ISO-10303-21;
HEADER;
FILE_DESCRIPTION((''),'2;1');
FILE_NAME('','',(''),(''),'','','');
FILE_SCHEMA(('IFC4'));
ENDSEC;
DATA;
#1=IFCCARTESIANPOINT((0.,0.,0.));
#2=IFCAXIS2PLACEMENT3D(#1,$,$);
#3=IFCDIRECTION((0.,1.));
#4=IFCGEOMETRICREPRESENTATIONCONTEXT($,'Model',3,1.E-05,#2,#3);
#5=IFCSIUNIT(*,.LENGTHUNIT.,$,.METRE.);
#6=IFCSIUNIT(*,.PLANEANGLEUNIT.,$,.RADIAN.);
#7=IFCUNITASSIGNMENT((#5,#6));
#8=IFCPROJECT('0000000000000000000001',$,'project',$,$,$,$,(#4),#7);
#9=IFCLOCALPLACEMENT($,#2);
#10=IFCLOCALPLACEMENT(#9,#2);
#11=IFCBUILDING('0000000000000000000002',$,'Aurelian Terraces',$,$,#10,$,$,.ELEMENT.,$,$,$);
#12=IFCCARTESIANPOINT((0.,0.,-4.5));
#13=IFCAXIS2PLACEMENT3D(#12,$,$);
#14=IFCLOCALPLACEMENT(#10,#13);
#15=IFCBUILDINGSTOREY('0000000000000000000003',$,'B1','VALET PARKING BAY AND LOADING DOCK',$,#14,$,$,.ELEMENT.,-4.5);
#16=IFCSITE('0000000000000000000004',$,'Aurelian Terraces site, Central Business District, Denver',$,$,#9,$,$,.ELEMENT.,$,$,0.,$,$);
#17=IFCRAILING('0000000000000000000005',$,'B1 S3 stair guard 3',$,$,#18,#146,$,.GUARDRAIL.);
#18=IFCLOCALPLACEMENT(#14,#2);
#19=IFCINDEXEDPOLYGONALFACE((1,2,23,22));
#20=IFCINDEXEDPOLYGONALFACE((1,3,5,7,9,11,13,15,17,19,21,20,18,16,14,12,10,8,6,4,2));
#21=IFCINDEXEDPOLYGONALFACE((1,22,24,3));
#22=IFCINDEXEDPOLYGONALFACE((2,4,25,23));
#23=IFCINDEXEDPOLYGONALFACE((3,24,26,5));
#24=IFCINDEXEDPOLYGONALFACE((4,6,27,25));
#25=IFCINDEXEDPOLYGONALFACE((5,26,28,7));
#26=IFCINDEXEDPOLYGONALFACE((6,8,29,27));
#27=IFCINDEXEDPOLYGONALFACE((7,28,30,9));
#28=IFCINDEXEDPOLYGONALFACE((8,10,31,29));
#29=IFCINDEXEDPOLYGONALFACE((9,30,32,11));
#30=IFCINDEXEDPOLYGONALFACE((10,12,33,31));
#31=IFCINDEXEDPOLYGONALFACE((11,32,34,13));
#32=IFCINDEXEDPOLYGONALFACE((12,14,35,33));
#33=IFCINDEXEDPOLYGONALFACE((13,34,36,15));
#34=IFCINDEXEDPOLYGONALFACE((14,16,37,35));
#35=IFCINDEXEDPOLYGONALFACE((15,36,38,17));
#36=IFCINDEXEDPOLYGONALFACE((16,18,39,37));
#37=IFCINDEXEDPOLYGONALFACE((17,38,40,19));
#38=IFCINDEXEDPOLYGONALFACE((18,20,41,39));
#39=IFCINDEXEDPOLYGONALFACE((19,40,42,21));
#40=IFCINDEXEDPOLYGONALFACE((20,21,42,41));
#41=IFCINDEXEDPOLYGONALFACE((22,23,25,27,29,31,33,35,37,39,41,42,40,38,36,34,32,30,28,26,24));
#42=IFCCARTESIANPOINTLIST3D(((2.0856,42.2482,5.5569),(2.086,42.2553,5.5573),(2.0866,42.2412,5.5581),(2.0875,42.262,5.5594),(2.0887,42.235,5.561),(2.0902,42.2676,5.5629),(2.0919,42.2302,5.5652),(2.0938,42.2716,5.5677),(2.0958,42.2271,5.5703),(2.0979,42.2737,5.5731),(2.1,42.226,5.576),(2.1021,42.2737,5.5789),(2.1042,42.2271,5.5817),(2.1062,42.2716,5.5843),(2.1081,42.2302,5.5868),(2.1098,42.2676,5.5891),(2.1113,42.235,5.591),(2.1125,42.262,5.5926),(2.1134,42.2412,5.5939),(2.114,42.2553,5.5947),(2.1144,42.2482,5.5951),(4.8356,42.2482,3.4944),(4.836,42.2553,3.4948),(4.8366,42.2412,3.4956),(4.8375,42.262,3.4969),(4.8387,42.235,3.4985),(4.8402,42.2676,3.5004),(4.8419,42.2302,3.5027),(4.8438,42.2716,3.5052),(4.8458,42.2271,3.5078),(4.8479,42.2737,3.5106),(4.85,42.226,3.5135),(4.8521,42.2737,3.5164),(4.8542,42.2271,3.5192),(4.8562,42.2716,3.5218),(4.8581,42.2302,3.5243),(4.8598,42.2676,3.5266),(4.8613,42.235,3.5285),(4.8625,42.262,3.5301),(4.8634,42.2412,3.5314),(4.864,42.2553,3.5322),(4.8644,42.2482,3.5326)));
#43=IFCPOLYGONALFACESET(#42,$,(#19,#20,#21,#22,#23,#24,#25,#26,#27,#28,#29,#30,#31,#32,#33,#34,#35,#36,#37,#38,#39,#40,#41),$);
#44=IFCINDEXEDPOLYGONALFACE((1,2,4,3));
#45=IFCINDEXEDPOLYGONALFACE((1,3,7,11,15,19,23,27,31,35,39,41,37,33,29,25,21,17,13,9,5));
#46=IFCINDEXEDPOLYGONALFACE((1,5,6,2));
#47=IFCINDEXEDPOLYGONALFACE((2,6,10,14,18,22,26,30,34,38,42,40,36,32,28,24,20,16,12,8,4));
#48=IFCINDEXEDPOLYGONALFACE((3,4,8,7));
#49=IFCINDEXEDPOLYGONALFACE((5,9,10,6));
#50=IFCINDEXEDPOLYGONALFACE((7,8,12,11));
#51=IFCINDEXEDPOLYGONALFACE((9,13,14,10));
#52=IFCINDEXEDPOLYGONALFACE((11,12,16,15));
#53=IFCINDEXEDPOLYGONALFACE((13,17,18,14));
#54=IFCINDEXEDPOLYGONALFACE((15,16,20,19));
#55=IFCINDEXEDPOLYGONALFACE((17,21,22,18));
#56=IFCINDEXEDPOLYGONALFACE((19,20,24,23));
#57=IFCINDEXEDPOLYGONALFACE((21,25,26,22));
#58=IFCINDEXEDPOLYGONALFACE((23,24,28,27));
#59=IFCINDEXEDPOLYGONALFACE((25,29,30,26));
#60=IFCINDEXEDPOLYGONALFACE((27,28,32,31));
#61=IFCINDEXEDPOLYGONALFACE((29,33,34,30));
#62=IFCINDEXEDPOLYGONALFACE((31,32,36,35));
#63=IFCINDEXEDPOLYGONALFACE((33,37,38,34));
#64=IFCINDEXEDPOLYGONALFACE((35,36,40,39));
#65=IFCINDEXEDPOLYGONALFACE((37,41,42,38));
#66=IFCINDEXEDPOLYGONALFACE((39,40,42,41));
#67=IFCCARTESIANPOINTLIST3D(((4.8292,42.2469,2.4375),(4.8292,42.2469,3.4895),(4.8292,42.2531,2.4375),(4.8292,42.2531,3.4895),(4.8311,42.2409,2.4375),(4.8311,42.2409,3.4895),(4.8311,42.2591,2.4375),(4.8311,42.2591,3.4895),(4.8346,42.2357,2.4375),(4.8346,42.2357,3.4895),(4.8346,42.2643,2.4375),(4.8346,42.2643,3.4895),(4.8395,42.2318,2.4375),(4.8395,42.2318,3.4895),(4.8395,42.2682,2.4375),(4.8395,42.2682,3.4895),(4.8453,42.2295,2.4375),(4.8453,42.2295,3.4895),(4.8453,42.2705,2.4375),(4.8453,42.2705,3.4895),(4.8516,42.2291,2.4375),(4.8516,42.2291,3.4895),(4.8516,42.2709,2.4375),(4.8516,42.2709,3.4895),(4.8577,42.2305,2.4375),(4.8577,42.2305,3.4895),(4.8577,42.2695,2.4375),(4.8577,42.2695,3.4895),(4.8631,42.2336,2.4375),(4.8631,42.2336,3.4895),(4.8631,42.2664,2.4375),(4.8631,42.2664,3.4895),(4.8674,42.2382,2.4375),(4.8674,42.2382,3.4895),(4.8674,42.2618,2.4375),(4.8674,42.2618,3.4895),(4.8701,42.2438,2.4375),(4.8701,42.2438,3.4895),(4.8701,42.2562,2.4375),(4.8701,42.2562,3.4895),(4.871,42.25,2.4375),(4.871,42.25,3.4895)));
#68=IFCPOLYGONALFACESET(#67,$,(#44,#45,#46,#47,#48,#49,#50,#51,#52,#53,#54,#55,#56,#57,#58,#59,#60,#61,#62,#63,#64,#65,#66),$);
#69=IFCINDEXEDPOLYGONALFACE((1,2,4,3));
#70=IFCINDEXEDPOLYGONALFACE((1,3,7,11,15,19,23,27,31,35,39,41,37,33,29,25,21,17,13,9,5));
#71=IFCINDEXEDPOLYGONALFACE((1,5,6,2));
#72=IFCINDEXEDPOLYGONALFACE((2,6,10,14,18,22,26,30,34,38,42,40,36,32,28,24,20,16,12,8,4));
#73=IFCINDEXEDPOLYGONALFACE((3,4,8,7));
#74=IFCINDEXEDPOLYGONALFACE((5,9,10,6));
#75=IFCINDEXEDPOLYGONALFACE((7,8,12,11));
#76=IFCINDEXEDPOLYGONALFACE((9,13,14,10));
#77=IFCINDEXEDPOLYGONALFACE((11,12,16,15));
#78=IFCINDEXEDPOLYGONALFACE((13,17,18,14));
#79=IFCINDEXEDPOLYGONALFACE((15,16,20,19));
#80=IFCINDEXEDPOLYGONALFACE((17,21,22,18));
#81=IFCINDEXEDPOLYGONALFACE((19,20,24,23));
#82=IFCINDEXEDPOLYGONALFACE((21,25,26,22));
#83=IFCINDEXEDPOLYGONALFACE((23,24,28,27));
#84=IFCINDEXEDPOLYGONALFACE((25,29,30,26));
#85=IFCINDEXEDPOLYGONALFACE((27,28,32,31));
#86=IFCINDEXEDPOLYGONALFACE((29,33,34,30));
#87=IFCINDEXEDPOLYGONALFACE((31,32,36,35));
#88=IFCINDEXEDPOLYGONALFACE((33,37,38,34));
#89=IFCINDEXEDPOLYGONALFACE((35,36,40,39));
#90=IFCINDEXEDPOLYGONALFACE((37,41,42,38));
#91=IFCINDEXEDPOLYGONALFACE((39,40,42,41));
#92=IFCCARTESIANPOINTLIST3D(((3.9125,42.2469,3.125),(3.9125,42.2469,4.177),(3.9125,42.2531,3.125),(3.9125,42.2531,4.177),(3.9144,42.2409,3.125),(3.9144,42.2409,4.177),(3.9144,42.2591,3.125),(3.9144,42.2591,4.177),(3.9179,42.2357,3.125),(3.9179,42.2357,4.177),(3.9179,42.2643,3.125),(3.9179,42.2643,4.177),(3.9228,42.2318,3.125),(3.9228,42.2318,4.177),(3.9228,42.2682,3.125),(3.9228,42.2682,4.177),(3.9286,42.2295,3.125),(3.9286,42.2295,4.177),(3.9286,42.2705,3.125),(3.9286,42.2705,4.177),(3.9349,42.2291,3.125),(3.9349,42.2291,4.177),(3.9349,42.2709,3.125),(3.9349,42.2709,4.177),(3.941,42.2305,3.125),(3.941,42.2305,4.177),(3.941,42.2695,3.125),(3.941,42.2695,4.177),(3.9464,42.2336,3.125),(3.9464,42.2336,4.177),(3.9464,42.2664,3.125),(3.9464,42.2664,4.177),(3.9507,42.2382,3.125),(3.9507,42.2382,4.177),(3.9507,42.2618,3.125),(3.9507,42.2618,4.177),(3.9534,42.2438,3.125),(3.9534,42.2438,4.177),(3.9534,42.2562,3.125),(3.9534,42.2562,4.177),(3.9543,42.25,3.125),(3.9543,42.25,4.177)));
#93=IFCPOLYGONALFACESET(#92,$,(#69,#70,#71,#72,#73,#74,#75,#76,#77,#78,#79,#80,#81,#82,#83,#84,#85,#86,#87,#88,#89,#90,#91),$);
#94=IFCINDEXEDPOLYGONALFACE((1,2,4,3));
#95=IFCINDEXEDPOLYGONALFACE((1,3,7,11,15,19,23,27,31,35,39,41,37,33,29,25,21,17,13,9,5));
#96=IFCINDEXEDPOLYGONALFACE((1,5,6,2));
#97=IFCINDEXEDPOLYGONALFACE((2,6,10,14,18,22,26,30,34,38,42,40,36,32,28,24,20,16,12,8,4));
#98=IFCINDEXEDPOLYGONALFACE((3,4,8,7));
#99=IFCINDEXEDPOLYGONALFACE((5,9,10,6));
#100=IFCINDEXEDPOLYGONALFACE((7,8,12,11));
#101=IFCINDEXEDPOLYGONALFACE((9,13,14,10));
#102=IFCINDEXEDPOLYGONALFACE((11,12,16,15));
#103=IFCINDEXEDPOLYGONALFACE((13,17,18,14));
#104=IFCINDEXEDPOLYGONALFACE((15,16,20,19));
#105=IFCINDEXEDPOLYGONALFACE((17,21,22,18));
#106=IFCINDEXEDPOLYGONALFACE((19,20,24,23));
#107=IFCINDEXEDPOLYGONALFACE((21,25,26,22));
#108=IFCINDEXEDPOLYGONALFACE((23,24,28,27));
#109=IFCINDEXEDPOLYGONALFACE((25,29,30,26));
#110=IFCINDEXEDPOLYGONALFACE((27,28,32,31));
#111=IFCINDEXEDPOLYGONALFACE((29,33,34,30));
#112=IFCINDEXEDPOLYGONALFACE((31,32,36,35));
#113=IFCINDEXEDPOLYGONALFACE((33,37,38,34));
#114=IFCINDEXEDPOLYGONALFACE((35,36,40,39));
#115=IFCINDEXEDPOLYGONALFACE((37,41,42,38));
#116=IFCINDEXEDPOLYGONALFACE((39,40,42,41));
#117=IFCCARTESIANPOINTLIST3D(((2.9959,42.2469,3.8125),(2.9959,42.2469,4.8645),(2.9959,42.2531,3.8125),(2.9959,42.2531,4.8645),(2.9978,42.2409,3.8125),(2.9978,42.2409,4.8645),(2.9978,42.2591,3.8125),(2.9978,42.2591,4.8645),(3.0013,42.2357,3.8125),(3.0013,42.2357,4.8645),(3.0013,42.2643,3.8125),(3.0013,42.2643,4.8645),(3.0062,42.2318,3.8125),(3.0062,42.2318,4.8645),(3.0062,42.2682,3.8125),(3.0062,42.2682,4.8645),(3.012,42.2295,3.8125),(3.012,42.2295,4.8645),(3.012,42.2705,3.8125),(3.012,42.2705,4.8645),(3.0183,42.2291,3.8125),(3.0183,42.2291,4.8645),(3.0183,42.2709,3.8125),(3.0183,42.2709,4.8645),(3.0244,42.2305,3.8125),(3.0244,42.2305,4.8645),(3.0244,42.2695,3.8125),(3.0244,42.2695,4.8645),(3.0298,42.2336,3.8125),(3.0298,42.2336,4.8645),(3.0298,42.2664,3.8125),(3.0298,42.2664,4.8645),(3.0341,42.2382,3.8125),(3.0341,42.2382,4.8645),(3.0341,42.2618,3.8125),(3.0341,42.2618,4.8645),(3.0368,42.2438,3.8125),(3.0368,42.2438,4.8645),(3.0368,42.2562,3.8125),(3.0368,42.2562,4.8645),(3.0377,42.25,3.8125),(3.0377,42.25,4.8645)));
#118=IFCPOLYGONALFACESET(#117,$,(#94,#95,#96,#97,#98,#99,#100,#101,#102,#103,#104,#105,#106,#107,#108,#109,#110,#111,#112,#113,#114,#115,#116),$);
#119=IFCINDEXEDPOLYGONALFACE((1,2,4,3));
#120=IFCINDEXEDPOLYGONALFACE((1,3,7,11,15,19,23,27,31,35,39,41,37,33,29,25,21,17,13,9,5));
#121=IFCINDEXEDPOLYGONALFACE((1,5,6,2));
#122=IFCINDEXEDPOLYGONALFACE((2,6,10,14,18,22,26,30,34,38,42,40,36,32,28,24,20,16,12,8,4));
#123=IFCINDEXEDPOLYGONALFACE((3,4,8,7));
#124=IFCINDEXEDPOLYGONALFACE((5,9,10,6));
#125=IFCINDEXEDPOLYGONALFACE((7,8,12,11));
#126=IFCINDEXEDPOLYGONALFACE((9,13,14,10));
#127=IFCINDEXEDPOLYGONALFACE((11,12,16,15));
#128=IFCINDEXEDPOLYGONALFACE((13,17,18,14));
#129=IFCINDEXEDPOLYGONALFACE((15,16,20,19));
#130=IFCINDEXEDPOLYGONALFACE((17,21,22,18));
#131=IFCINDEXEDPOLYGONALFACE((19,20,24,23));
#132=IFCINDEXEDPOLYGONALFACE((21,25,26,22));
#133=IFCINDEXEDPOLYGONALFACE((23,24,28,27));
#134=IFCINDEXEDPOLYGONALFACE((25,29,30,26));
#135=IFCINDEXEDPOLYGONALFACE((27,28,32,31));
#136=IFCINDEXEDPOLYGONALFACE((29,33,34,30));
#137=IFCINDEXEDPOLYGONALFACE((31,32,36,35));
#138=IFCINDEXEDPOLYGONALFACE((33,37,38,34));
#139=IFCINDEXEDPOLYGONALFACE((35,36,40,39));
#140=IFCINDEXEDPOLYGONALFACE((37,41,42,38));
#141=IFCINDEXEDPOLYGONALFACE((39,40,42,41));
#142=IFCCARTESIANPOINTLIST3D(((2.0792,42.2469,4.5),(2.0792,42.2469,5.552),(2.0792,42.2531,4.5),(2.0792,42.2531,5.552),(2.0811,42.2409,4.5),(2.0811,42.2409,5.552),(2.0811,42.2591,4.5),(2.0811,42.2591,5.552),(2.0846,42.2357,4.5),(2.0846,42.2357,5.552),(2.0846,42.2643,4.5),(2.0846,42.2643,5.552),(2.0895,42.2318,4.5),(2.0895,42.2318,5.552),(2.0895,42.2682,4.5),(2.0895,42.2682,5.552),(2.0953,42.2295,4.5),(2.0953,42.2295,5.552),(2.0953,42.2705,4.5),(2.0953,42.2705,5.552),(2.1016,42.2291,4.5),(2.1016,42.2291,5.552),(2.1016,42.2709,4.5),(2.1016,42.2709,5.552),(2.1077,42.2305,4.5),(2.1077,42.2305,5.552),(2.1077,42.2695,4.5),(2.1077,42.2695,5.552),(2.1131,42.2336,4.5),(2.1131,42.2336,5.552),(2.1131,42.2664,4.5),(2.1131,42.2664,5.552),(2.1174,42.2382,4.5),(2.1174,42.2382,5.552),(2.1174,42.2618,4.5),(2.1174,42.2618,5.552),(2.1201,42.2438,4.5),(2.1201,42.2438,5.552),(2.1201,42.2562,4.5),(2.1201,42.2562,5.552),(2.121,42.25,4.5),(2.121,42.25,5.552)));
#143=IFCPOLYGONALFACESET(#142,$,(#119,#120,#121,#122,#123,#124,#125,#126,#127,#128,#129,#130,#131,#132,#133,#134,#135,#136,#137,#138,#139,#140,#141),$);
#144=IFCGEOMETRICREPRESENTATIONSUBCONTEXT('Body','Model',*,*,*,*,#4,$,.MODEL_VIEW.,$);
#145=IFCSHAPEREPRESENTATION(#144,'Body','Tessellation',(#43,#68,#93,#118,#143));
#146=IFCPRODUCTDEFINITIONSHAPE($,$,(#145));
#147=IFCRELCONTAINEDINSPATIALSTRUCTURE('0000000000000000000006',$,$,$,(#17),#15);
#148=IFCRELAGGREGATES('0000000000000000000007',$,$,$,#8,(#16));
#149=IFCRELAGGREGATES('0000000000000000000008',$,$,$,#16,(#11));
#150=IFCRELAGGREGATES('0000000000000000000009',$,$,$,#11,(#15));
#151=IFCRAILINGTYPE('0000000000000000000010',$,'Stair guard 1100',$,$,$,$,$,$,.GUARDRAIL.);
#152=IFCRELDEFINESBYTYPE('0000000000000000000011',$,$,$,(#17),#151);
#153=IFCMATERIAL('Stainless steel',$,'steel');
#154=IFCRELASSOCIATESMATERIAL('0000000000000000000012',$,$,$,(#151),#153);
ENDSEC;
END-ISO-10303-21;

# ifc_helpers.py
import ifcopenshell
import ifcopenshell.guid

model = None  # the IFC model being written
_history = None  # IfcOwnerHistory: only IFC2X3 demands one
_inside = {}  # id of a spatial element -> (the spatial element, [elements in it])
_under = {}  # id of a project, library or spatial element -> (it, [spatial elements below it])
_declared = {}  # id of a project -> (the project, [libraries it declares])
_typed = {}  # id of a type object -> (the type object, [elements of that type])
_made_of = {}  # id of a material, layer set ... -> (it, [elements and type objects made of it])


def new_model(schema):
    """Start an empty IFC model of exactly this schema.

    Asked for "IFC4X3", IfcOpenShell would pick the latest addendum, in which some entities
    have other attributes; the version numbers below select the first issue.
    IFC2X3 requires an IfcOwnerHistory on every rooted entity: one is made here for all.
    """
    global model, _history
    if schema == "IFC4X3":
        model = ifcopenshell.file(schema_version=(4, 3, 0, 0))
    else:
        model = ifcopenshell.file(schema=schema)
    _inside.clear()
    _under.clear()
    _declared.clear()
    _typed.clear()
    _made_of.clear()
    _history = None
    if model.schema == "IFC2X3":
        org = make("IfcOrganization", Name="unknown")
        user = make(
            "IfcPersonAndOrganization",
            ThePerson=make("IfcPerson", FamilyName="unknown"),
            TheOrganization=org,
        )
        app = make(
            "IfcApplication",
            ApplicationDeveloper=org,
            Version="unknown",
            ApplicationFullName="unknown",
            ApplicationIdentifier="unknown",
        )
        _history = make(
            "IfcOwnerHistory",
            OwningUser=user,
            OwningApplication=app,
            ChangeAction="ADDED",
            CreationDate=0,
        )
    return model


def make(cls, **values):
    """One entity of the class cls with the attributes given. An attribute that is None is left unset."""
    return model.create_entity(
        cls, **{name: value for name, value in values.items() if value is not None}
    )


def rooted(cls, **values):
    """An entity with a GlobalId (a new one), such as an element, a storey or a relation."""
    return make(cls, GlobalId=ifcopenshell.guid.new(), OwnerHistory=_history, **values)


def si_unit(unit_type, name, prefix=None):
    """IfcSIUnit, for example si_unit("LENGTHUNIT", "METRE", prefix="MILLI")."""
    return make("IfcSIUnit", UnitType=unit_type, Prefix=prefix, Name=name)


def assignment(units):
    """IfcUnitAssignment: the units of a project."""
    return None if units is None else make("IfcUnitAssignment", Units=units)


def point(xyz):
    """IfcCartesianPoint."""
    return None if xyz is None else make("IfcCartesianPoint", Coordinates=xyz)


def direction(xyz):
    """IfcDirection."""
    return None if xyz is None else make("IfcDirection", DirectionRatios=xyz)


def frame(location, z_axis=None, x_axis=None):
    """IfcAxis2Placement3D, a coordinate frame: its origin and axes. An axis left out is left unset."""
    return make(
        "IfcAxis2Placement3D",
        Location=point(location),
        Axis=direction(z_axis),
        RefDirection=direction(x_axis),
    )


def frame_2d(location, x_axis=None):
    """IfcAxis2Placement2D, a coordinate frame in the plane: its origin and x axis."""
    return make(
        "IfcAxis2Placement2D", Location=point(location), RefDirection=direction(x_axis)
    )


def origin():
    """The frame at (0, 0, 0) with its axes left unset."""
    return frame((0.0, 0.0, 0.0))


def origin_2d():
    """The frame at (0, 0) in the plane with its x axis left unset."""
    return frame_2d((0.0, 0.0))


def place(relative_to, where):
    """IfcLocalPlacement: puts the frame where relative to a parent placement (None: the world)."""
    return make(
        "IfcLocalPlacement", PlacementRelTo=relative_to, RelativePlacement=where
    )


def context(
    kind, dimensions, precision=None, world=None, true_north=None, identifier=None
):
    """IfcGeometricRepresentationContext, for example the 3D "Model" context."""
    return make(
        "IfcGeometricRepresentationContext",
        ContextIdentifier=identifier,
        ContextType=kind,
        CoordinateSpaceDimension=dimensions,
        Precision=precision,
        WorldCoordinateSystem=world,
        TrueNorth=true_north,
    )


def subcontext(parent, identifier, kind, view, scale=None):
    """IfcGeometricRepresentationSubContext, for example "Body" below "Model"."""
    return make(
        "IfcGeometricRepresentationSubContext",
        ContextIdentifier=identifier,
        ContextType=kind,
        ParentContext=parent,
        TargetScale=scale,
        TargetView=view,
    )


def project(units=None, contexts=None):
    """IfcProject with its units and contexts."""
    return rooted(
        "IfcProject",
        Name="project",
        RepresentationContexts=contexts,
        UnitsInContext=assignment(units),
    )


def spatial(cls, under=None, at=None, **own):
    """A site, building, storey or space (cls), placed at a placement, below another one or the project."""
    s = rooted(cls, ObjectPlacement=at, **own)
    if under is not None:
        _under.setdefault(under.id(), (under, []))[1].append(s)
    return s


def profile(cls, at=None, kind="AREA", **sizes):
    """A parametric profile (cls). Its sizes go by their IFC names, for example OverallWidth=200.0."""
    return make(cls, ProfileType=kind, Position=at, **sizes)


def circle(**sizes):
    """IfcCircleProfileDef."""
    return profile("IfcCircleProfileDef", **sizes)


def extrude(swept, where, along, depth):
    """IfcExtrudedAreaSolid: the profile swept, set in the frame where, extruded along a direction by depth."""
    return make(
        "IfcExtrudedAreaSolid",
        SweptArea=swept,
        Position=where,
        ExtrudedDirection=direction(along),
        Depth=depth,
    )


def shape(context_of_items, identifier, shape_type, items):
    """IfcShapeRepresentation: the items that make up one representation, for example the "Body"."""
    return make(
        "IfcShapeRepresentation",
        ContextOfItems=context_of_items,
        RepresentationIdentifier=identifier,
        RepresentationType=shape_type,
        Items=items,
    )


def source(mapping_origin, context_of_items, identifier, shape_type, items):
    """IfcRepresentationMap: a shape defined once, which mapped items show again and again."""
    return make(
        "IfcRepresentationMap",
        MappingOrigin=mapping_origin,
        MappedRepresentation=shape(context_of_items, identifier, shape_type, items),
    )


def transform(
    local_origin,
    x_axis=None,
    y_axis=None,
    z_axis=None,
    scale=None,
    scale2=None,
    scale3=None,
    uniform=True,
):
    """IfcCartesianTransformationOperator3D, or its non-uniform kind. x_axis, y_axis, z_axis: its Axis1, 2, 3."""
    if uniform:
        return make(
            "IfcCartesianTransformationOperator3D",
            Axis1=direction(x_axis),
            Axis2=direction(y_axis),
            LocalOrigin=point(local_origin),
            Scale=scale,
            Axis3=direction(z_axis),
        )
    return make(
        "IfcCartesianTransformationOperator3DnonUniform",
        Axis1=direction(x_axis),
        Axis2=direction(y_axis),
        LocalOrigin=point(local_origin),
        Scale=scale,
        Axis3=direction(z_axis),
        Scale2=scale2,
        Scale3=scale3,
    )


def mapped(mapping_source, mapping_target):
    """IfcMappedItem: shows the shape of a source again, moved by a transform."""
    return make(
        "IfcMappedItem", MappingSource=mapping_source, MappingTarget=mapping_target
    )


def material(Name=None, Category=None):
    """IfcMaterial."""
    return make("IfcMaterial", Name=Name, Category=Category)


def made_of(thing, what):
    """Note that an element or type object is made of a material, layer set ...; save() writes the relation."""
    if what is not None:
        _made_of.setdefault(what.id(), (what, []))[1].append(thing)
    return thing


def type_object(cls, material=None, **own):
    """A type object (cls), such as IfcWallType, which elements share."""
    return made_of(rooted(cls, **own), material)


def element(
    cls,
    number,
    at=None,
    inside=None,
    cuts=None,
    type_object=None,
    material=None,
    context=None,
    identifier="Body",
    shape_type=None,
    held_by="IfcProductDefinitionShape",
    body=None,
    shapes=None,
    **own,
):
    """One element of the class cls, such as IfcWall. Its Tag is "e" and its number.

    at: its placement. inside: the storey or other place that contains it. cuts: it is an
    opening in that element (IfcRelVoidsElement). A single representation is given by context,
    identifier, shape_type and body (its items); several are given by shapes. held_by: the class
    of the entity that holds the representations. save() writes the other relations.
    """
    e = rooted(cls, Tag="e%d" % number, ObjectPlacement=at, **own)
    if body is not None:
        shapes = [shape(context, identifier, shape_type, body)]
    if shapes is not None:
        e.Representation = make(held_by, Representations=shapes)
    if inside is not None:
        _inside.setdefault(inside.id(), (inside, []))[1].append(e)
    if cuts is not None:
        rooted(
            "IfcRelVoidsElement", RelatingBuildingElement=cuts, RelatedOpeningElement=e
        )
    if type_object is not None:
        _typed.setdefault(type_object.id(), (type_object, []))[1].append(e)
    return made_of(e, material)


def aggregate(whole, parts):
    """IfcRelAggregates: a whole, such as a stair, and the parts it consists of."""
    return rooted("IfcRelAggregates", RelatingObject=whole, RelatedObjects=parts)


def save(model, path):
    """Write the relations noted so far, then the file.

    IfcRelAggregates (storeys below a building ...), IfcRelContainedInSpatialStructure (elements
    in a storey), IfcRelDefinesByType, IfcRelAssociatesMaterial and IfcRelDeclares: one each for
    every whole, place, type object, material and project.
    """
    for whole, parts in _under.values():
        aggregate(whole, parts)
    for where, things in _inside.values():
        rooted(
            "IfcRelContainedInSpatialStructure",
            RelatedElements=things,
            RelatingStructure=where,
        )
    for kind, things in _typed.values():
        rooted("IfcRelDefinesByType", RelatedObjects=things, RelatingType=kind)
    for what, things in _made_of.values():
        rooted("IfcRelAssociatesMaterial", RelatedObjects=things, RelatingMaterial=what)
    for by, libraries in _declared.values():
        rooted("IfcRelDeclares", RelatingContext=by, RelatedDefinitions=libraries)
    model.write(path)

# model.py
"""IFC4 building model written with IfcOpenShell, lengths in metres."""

from ifc_helpers import new_model, si_unit, direction, frame, origin, origin_2d, place, context, subcontext, project, spatial, circle, extrude, source, transform, mapped, material, type_object, element, save


model = new_model("IFC4")

# Units and contexts
model_context = context("Model", 3, precision=1e-05, world=origin(), true_north=direction((0.0, 1.0)))
body_context = subcontext(model_context, "Body", "Model", "MODEL_VIEW")
ifc_project = project(units=[si_unit("LENGTHUNIT", "METRE"), si_unit("PLANEANGLEUNIT", "RADIAN")], contexts=[model_context])

# Site, building, storey
site_placement = place(None, origin())
site = spatial("IfcSite", under=ifc_project, at=site_placement, Name="Aurelian Terraces site, Central Business District, Denver", CompositionType="ELEMENT", RefElevation=0.0)
building_placement = place(site_placement, origin())
building = spatial("IfcBuilding", under=site, at=building_placement, Name="Aurelian Terraces", CompositionType="ELEMENT")
storey_placement = place(building_placement, frame((0.0, 0.0, -4.5)))
storey = spatial("IfcBuildingStorey", under=building, at=storey_placement, Name="B1", Description="VALET PARKING BAY AND LOADING DOCK", CompositionType="ELEMENT", Elevation=-4.5)

# Railing
ifc_material_1 = material(Name="Stainless steel", Category="steel")
railing_type_1 = type_object("IfcRailingType", Name="Stair guard 1100", PredefinedType="GUARDRAIL", material=ifc_material_1)
shared_shape_1 = source(origin(), body_context, "Body", "SweptSolid", [
    extrude(circle(Radius=0.024, at=origin_2d()), frame((0.0, 0.0, 1.076), z_axis=(-0.8, 0.0, 0.6), x_axis=(0.0, -1.0, 0.0)), (0.0, 0.0, 1.0), 3.4375),
    extrude(circle(Radius=0.021, at=origin_2d()), origin(), (0.0, 0.0, 1.0), 1.052),
    extrude(circle(Radius=0.021, at=origin_2d()), frame((-0.9167, 0.0, 0.6875)), (0.0, 0.0, 1.0), 1.052),
    extrude(circle(Radius=0.021, at=origin_2d()), frame((-1.8333, 0.0, 1.375)), (0.0, 0.0, 1.0), 1.052),
    extrude(circle(Radius=0.021, at=origin_2d()), frame((-2.75, 0.0, 2.0625)), (0.0, 0.0, 1.0), 1.052),
])
railing_1_placement = place(storey_placement, frame((4.85, 42.25, 2.4375)))
element("IfcRailing", 1, at=railing_1_placement, inside=storey, type_object=railing_type_1, Name="B1 S3 stair guard 3", PredefinedType="GUARDRAIL", context=body_context, shape_type="MappedRepresentation", body=[
    mapped(shared_shape_1, transform((0.0, 0.0, 0.0), scale=1.0)),
])

save(model, "model.ifc")
